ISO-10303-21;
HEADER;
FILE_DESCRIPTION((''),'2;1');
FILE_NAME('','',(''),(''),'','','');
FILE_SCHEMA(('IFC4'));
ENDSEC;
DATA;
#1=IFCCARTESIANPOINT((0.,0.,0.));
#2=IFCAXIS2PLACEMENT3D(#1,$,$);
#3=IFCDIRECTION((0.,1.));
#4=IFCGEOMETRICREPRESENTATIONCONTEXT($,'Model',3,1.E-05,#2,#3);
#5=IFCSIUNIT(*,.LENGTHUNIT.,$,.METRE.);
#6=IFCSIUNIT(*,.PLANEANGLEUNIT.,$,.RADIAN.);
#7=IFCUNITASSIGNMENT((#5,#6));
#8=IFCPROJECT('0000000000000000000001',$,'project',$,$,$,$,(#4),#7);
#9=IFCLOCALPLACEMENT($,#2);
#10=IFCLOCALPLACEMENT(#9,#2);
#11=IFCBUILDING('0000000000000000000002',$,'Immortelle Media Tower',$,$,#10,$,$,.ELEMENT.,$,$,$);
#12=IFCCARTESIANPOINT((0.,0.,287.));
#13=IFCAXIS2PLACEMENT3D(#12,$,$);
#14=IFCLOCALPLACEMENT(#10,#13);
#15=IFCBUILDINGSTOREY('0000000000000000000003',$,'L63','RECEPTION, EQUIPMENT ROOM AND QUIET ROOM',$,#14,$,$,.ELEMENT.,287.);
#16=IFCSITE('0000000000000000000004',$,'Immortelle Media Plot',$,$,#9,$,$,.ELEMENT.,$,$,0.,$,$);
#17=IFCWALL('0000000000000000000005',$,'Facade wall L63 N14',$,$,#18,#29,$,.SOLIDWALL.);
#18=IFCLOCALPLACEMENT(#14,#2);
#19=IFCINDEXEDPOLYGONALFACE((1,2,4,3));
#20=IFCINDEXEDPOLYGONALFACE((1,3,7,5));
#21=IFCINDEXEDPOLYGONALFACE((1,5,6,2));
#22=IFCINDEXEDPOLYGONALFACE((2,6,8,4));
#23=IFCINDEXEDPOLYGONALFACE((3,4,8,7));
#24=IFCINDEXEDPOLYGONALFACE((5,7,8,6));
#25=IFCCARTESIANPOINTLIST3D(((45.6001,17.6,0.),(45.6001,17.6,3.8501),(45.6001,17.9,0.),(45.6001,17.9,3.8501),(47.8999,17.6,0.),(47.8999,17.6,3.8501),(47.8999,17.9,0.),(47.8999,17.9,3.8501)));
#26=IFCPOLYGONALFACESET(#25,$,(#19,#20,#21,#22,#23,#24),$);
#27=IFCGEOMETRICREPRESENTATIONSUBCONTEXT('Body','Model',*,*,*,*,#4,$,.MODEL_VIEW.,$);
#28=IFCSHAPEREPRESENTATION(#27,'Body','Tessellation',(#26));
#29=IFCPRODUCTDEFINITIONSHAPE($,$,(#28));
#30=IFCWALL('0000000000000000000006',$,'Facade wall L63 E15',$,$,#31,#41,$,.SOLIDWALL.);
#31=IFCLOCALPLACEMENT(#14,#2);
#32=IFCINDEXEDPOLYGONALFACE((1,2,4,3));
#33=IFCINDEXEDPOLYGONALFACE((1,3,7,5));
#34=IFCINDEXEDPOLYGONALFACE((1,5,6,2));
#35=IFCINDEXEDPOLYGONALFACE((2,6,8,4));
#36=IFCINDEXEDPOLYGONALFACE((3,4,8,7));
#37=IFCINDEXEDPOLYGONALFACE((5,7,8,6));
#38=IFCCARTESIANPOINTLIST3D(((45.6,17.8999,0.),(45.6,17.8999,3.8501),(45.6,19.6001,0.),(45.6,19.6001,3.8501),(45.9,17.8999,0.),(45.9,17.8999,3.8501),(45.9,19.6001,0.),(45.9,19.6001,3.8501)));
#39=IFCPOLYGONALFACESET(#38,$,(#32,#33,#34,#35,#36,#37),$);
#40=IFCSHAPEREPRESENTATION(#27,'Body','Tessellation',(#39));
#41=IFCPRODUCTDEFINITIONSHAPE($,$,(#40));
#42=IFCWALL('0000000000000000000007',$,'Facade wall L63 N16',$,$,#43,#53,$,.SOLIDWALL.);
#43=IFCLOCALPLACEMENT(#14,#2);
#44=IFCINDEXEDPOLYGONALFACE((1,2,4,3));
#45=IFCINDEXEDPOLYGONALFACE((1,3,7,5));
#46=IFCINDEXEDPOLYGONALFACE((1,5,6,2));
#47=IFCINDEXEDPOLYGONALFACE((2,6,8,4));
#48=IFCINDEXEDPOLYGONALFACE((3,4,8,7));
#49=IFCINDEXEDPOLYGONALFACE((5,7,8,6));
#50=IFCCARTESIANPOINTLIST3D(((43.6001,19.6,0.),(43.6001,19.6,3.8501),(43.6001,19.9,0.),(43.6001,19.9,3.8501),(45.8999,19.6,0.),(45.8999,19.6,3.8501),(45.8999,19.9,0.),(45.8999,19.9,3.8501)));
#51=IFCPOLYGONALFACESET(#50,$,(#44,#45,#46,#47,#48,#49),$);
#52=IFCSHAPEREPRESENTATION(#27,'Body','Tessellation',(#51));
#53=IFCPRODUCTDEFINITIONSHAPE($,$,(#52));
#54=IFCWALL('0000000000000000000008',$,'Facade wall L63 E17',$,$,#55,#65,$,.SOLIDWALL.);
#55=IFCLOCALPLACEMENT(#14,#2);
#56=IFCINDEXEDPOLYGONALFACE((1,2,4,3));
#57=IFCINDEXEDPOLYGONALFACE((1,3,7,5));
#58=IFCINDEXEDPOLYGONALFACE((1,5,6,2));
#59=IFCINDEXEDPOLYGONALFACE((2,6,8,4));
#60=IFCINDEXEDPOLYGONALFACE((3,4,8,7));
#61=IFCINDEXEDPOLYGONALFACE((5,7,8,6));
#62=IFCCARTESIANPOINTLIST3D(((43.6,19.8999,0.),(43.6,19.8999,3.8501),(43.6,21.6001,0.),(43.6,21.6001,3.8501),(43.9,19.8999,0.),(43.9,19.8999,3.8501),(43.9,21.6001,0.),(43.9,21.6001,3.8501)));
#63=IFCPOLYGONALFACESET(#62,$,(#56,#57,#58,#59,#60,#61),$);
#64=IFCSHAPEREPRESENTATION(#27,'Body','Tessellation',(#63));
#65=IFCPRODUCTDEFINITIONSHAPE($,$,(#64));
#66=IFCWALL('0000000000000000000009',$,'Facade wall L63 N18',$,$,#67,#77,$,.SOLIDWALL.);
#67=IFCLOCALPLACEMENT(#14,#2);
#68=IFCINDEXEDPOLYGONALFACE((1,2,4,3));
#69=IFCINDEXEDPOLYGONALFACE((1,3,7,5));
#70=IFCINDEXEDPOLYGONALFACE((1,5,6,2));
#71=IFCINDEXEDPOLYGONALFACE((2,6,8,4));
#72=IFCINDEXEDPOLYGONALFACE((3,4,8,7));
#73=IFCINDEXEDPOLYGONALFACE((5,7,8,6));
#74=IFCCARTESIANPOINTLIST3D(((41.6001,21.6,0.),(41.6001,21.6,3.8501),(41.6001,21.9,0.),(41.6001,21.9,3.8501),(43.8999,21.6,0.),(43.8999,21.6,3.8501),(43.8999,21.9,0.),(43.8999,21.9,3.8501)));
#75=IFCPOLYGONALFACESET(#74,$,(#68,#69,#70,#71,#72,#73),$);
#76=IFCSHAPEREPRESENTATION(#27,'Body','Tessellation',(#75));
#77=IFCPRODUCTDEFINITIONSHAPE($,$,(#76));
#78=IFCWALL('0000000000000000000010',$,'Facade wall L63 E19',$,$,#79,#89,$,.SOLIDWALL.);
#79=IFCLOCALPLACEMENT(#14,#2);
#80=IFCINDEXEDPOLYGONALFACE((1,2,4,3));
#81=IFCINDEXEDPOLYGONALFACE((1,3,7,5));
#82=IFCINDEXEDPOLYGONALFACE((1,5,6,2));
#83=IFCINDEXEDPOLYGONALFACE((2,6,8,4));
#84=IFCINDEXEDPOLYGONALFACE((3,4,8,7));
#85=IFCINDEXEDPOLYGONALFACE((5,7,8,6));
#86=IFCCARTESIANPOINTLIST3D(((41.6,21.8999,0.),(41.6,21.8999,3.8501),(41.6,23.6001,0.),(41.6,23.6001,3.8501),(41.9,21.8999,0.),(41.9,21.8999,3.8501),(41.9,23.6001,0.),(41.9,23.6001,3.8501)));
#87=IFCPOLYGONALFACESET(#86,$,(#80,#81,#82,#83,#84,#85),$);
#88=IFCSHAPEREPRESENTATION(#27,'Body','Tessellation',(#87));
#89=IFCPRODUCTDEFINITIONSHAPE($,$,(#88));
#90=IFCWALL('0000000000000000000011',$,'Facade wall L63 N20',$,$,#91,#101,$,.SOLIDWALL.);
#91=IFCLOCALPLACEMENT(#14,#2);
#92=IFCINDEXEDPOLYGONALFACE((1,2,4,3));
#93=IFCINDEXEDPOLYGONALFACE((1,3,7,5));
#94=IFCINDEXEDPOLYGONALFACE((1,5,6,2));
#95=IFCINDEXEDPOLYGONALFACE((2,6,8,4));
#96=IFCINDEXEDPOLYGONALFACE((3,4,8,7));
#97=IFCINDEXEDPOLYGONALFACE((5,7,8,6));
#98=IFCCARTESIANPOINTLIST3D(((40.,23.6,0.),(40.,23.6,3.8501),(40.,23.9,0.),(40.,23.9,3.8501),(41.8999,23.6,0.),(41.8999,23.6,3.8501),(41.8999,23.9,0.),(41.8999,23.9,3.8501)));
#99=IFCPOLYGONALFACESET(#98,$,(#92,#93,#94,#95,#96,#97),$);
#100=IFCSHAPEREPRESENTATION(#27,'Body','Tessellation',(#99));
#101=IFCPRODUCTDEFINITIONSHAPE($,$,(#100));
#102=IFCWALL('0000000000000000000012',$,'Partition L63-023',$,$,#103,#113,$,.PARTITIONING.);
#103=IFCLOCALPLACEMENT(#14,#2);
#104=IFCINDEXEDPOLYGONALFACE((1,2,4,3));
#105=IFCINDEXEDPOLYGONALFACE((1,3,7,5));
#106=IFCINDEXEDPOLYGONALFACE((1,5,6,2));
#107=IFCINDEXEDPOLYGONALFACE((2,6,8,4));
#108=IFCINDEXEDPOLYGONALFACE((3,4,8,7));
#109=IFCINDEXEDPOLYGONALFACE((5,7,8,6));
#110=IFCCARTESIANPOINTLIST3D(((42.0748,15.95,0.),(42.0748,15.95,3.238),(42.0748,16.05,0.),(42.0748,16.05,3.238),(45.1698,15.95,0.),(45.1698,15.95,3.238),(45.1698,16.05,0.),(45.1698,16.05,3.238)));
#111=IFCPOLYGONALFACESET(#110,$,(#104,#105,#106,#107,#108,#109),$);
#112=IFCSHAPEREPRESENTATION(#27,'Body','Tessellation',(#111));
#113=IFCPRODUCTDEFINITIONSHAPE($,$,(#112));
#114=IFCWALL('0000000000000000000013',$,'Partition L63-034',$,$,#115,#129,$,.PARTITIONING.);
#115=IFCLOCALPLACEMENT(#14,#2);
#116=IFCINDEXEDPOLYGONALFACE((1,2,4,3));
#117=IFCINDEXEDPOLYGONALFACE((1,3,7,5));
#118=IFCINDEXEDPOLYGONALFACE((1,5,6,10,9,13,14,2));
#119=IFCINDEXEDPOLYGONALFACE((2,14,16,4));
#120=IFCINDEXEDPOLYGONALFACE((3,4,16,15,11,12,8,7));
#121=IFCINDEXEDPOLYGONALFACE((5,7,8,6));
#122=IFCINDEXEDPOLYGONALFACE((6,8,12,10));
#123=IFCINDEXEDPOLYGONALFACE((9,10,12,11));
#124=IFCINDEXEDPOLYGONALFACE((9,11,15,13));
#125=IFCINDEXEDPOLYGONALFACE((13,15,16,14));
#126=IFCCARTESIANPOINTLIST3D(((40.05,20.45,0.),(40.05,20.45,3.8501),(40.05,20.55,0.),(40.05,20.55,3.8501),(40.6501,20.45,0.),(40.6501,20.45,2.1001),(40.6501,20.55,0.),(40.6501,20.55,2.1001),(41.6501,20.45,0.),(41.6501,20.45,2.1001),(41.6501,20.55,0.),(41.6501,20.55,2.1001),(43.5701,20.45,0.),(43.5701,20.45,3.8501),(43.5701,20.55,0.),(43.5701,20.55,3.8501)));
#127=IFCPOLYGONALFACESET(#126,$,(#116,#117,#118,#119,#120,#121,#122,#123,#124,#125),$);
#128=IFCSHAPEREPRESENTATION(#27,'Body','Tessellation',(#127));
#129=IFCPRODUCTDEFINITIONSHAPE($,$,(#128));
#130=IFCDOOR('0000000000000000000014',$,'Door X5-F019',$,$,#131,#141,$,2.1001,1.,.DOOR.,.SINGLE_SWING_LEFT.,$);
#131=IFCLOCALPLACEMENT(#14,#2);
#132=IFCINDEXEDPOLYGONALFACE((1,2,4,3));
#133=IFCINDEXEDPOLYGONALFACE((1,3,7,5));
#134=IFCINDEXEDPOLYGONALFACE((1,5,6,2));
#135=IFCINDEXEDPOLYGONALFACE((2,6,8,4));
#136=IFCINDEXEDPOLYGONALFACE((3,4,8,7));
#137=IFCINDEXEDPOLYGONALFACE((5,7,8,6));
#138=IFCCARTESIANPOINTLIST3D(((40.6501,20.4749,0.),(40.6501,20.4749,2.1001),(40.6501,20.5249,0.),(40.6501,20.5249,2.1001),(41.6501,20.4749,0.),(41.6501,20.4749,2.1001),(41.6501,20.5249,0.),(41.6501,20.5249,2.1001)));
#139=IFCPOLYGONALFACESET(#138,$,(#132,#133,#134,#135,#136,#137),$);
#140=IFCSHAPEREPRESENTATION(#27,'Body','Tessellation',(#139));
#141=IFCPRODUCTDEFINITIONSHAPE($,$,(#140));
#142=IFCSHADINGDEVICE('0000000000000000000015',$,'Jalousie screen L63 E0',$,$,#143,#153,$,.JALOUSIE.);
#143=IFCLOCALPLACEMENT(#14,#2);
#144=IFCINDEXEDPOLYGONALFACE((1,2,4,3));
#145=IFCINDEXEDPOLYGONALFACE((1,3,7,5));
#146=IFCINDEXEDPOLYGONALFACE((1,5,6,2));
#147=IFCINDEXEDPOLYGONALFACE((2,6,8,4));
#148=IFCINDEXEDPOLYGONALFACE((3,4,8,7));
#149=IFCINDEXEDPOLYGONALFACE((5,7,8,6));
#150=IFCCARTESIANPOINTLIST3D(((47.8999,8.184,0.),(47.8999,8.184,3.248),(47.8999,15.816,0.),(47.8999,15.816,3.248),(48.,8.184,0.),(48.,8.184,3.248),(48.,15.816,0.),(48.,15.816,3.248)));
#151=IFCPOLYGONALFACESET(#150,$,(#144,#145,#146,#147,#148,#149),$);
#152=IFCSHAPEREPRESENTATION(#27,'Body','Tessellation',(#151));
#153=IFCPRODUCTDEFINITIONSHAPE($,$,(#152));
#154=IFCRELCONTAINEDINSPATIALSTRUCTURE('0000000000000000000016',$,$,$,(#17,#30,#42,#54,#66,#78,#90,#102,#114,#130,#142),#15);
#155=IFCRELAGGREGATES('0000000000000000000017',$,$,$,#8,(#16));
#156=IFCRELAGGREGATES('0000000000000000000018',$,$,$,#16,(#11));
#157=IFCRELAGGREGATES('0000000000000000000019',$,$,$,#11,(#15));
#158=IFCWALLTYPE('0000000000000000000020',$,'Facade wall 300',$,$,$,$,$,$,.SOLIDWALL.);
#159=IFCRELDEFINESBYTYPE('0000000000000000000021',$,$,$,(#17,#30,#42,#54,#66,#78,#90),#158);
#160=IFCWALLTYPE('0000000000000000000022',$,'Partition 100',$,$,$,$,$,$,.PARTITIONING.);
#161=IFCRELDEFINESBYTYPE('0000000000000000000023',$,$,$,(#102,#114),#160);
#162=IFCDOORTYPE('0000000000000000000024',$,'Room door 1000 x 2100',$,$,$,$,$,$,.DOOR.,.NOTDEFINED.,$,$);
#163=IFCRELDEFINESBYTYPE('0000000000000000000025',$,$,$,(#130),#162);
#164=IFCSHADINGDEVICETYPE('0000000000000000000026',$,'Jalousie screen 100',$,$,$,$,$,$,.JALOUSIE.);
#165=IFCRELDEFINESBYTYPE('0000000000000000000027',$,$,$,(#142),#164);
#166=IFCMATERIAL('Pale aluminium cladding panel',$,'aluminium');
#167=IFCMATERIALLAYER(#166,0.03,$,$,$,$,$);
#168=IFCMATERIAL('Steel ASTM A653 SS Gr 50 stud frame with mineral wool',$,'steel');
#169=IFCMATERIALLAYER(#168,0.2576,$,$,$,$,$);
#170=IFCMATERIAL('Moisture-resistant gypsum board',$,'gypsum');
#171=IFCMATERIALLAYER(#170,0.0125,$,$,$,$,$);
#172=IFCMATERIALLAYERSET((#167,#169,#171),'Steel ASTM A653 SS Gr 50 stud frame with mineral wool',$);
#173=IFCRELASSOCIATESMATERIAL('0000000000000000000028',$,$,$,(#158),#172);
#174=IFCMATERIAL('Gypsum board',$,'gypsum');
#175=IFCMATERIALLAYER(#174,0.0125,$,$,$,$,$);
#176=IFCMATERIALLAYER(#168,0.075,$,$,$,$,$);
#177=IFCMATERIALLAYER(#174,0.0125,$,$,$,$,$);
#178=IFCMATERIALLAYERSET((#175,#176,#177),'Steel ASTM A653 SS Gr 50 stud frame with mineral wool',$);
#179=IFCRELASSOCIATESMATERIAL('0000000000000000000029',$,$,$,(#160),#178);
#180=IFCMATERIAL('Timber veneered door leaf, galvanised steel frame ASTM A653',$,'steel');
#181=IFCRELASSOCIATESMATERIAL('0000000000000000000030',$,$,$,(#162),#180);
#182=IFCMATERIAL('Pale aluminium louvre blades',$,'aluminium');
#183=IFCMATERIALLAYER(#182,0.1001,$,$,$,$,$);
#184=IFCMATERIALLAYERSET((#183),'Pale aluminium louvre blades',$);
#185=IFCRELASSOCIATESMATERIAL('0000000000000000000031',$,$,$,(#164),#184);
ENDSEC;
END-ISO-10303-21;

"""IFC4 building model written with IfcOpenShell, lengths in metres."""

from ifc_helpers import new_model, si_unit, direction, frame, frame_2d, origin, origin_2d, place, context, subcontext, project, spatial, rectangle, extrude, material, layer, layer_set, type_object, element, fill, save


model = new_model("IFC4")

# Units and contexts
model_context = context("Model", 3, precision=1e-05, world=origin(), true_north=direction((0.0, 1.0)))
body_context = subcontext(model_context, "Body", "Model", "MODEL_VIEW")
ifc_project = project(units=[si_unit("LENGTHUNIT", "METRE"), si_unit("PLANEANGLEUNIT", "RADIAN")], contexts=[model_context])

# Site, building, storey
site_placement = place(None, origin())
site = spatial("IfcSite", under=ifc_project, at=site_placement, Name="Immortelle Media Plot", CompositionType="ELEMENT", RefElevation=0.0)
building_placement = place(site_placement, origin())
building = spatial("IfcBuilding", under=site, at=building_placement, Name="Immortelle Media Tower", CompositionType="ELEMENT")
storey_placement = place(building_placement, frame((0.0, 0.0, 287.0)))
storey = spatial("IfcBuildingStorey", under=building, at=storey_placement, Name="L63", Description="RECEPTION, EQUIPMENT ROOM AND QUIET ROOM", CompositionType="ELEMENT", Elevation=287.0)

# Walls
ifc_material_1 = material(Name="Steel ASTM A653 SS Gr 50 stud frame with mineral wool", Category="steel")
ifc_material_2 = material(Name="Pale aluminium cladding panel", Category="aluminium")
ifc_layer_1 = layer(ifc_material_2, 0.03)
ifc_layer_2 = layer(ifc_material_1, 0.2576)
ifc_material_3 = material(Name="Moisture-resistant gypsum board", Category="gypsum")
ifc_layer_3 = layer(ifc_material_3, 0.0125)
ifc_layer_set_1 = layer_set([ifc_layer_1, ifc_layer_2, ifc_layer_3], Name="Steel ASTM A653 SS Gr 50 stud frame with mineral wool")
wall_type_1 = type_object("IfcWallType", Name="Facade wall 300", PredefinedType="SOLIDWALL", material=ifc_layer_set_1)
wall_1_placement = place(storey_placement, frame((47.8999, 17.75, 0.0), z_axis=(0.0, 0.0, 1.0), x_axis=(-1.0, 0.0, 0.0)))
element("IfcWall", 1, at=wall_1_placement, inside=storey, type_object=wall_type_1, Name="Facade wall L63 N14", PredefinedType="SOLIDWALL", context=body_context, shape_type="SweptSolid", body=[
    extrude(rectangle(XDim=2.2998, YDim=0.3, at=frame_2d((1.1499, 0.0))), origin(), (0.0, 0.0, 1.0), 3.8501),
])
wall_2_placement = place(storey_placement, frame((45.75, 17.8999, 0.0), z_axis=(0.0, 0.0, 1.0), x_axis=(0.0, 1.0, 0.0)))
element("IfcWall", 2, at=wall_2_placement, inside=storey, type_object=wall_type_1, Name="Facade wall L63 E15", PredefinedType="SOLIDWALL", context=body_context, shape_type="SweptSolid", body=[
    extrude(rectangle(XDim=1.7002, YDim=0.3, at=frame_2d((0.8501, 0.0))), origin(), (0.0, 0.0, 1.0), 3.8501),
])
wall_3_placement = place(storey_placement, frame((45.8999, 19.75, 0.0), z_axis=(0.0, 0.0, 1.0), x_axis=(-1.0, 0.0, 0.0)))
element("IfcWall", 3, at=wall_3_placement, inside=storey, type_object=wall_type_1, Name="Facade wall L63 N16", PredefinedType="SOLIDWALL", context=body_context, shape_type="SweptSolid", body=[
    extrude(rectangle(XDim=2.2998, YDim=0.3, at=frame_2d((1.1499, 0.0))), origin(), (0.0, 0.0, 1.0), 3.8501),
])
wall_4_placement = place(storey_placement, frame((43.75, 19.8999, 0.0), z_axis=(0.0, 0.0, 1.0), x_axis=(0.0, 1.0, 0.0)))
element("IfcWall", 4, at=wall_4_placement, inside=storey, type_object=wall_type_1, Name="Facade wall L63 E17", PredefinedType="SOLIDWALL", context=body_context, shape_type="SweptSolid", body=[
    extrude(rectangle(XDim=1.7002, YDim=0.3, at=frame_2d((0.8501, 0.0))), origin(), (0.0, 0.0, 1.0), 3.8501),
])
wall_5_placement = place(storey_placement, frame((43.8999, 21.75, 0.0), z_axis=(0.0, 0.0, 1.0), x_axis=(-1.0, 0.0, 0.0)))
element("IfcWall", 5, at=wall_5_placement, inside=storey, type_object=wall_type_1, Name="Facade wall L63 N18", PredefinedType="SOLIDWALL", context=body_context, shape_type="SweptSolid", body=[
    extrude(rectangle(XDim=2.2998, YDim=0.3, at=frame_2d((1.1499, 0.0))), origin(), (0.0, 0.0, 1.0), 3.8501),
])
wall_6_placement = place(storey_placement, frame((41.75, 21.8999, 0.0), z_axis=(0.0, 0.0, 1.0), x_axis=(0.0, 1.0, 0.0)))
element("IfcWall", 6, at=wall_6_placement, inside=storey, type_object=wall_type_1, Name="Facade wall L63 E19", PredefinedType="SOLIDWALL", context=body_context, shape_type="SweptSolid", body=[
    extrude(rectangle(XDim=1.7002, YDim=0.3, at=frame_2d((0.8501, 0.0))), origin(), (0.0, 0.0, 1.0), 3.8501),
])
wall_7_placement = place(storey_placement, frame((41.8999, 23.75, 0.0), z_axis=(0.0, 0.0, 1.0), x_axis=(-1.0, 0.0, 0.0)))
element("IfcWall", 7, at=wall_7_placement, inside=storey, type_object=wall_type_1, Name="Facade wall L63 N20", PredefinedType="SOLIDWALL", context=body_context, shape_type="SweptSolid", body=[
    extrude(rectangle(XDim=1.8999, YDim=0.3, at=frame_2d((0.95, 0.0))), origin(), (0.0, 0.0, 1.0), 3.8501),
])
ifc_material_4 = material(Name="Gypsum board", Category="gypsum")
ifc_layer_4 = layer(ifc_material_4, 0.0125)
ifc_layer_5 = layer(ifc_material_1, 0.075)
ifc_layer_6 = layer(ifc_material_4, 0.0125)
ifc_layer_set_2 = layer_set([ifc_layer_4, ifc_layer_5, ifc_layer_6], Name="Steel ASTM A653 SS Gr 50 stud frame with mineral wool")
wall_type_2 = type_object("IfcWallType", Name="Partition 100", PredefinedType="PARTITIONING", material=ifc_layer_set_2)
wall_8_placement = place(storey_placement, frame((42.075, 16.0, 0.0), z_axis=(0.0, 0.0, 1.0), x_axis=(1.0, 0.0, 0.0)))
element("IfcWall", 8, at=wall_8_placement, inside=storey, type_object=wall_type_2, Name="Partition L63-023", PredefinedType="PARTITIONING", context=body_context, shape_type="SweptSolid", body=[
    extrude(rectangle(XDim=3.095, YDim=0.1001, at=frame_2d((1.5474, 0.0))), origin(), (0.0, 0.0, 1.0), 3.238),
])

# Wall, opening, door
wall_9_placement = place(storey_placement, frame((40.05, 20.5, 0.0), z_axis=(0.0, 0.0, 1.0), x_axis=(1.0, 0.0, 0.0)))
wall_9 = element("IfcWall", 9, at=wall_9_placement, inside=storey, type_object=wall_type_2, Name="Partition L63-034", PredefinedType="PARTITIONING", context=body_context, shape_type="SweptSolid", body=[
    extrude(rectangle(XDim=3.52, YDim=0.1001, at=frame_2d((1.76, 0.0))), origin(), (0.0, 0.0, 1.0), 3.8501),
])
opening_placement = place(wall_9_placement, frame((0.6001, 0.0, 0.0)))
opening = element("IfcOpeningElement", 10, at=opening_placement, cuts=wall_9, PredefinedType="OPENING", context=body_context, shape_type="SweptSolid", body=[
    extrude(rectangle(XDim=1.0, YDim=2.1001, at=frame_2d((0.5, 1.05))), frame((0.0, 0.0601, 0.0), z_axis=(0.0, -1.0, 0.0), x_axis=(1.0, 0.0, 0.0)), (0.0, 0.0, 1.0), 0.1201),
])
ifc_material_5 = material(Name="Timber veneered door leaf, galvanised steel frame ASTM A653", Category="steel")
door_type = type_object("IfcDoorType", Name="Room door 1000 x 2100", OperationType="NOTDEFINED", PredefinedType="DOOR", material=ifc_material_5)
door_placement = place(opening_placement, origin())
door = element("IfcDoor", 11, at=door_placement, inside=storey, type_object=door_type, Name="Door X5-F019", OperationType="SINGLE_SWING_LEFT", OverallHeight=2.1001, OverallWidth=1.0, PredefinedType="DOOR", context=body_context, shape_type="SweptSolid", body=[
    extrude(rectangle(XDim=1.0, YDim=2.1001, at=frame_2d((0.5, 1.05))), frame((0.0, 0.0249, 0.0), z_axis=(0.0, -1.0, 0.0), x_axis=(1.0, 0.0, 0.0)), (0.0, 0.0, 1.0), 0.05),
])
fill(opening, door)

# Shading device
ifc_material_6 = material(Name="Pale aluminium louvre blades", Category="aluminium")
ifc_layer_7 = layer(ifc_material_6, 0.1001)
ifc_layer_set_3 = layer_set([ifc_layer_7], Name="Pale aluminium louvre blades")
shading_device_type = type_object("IfcShadingDeviceType", Name="Jalousie screen 100", PredefinedType="JALOUSIE", material=ifc_layer_set_3)
shading_device_placement = place(storey_placement, frame((47.95, 12.0, 0.0), z_axis=(0.0, 0.0, 1.0), x_axis=(0.0, 1.0, 0.0)))
element("IfcShadingDevice", 12, at=shading_device_placement, inside=storey, type_object=shading_device_type, Name="Jalousie screen L63 E0", PredefinedType="JALOUSIE", context=body_context, shape_type="SweptSolid", body=[
    extrude(rectangle(XDim=7.6321, YDim=0.1001, at=origin_2d()), origin(), (0.0, 0.0, 1.0), 3.248),
])

save(model, "model.ifc")
